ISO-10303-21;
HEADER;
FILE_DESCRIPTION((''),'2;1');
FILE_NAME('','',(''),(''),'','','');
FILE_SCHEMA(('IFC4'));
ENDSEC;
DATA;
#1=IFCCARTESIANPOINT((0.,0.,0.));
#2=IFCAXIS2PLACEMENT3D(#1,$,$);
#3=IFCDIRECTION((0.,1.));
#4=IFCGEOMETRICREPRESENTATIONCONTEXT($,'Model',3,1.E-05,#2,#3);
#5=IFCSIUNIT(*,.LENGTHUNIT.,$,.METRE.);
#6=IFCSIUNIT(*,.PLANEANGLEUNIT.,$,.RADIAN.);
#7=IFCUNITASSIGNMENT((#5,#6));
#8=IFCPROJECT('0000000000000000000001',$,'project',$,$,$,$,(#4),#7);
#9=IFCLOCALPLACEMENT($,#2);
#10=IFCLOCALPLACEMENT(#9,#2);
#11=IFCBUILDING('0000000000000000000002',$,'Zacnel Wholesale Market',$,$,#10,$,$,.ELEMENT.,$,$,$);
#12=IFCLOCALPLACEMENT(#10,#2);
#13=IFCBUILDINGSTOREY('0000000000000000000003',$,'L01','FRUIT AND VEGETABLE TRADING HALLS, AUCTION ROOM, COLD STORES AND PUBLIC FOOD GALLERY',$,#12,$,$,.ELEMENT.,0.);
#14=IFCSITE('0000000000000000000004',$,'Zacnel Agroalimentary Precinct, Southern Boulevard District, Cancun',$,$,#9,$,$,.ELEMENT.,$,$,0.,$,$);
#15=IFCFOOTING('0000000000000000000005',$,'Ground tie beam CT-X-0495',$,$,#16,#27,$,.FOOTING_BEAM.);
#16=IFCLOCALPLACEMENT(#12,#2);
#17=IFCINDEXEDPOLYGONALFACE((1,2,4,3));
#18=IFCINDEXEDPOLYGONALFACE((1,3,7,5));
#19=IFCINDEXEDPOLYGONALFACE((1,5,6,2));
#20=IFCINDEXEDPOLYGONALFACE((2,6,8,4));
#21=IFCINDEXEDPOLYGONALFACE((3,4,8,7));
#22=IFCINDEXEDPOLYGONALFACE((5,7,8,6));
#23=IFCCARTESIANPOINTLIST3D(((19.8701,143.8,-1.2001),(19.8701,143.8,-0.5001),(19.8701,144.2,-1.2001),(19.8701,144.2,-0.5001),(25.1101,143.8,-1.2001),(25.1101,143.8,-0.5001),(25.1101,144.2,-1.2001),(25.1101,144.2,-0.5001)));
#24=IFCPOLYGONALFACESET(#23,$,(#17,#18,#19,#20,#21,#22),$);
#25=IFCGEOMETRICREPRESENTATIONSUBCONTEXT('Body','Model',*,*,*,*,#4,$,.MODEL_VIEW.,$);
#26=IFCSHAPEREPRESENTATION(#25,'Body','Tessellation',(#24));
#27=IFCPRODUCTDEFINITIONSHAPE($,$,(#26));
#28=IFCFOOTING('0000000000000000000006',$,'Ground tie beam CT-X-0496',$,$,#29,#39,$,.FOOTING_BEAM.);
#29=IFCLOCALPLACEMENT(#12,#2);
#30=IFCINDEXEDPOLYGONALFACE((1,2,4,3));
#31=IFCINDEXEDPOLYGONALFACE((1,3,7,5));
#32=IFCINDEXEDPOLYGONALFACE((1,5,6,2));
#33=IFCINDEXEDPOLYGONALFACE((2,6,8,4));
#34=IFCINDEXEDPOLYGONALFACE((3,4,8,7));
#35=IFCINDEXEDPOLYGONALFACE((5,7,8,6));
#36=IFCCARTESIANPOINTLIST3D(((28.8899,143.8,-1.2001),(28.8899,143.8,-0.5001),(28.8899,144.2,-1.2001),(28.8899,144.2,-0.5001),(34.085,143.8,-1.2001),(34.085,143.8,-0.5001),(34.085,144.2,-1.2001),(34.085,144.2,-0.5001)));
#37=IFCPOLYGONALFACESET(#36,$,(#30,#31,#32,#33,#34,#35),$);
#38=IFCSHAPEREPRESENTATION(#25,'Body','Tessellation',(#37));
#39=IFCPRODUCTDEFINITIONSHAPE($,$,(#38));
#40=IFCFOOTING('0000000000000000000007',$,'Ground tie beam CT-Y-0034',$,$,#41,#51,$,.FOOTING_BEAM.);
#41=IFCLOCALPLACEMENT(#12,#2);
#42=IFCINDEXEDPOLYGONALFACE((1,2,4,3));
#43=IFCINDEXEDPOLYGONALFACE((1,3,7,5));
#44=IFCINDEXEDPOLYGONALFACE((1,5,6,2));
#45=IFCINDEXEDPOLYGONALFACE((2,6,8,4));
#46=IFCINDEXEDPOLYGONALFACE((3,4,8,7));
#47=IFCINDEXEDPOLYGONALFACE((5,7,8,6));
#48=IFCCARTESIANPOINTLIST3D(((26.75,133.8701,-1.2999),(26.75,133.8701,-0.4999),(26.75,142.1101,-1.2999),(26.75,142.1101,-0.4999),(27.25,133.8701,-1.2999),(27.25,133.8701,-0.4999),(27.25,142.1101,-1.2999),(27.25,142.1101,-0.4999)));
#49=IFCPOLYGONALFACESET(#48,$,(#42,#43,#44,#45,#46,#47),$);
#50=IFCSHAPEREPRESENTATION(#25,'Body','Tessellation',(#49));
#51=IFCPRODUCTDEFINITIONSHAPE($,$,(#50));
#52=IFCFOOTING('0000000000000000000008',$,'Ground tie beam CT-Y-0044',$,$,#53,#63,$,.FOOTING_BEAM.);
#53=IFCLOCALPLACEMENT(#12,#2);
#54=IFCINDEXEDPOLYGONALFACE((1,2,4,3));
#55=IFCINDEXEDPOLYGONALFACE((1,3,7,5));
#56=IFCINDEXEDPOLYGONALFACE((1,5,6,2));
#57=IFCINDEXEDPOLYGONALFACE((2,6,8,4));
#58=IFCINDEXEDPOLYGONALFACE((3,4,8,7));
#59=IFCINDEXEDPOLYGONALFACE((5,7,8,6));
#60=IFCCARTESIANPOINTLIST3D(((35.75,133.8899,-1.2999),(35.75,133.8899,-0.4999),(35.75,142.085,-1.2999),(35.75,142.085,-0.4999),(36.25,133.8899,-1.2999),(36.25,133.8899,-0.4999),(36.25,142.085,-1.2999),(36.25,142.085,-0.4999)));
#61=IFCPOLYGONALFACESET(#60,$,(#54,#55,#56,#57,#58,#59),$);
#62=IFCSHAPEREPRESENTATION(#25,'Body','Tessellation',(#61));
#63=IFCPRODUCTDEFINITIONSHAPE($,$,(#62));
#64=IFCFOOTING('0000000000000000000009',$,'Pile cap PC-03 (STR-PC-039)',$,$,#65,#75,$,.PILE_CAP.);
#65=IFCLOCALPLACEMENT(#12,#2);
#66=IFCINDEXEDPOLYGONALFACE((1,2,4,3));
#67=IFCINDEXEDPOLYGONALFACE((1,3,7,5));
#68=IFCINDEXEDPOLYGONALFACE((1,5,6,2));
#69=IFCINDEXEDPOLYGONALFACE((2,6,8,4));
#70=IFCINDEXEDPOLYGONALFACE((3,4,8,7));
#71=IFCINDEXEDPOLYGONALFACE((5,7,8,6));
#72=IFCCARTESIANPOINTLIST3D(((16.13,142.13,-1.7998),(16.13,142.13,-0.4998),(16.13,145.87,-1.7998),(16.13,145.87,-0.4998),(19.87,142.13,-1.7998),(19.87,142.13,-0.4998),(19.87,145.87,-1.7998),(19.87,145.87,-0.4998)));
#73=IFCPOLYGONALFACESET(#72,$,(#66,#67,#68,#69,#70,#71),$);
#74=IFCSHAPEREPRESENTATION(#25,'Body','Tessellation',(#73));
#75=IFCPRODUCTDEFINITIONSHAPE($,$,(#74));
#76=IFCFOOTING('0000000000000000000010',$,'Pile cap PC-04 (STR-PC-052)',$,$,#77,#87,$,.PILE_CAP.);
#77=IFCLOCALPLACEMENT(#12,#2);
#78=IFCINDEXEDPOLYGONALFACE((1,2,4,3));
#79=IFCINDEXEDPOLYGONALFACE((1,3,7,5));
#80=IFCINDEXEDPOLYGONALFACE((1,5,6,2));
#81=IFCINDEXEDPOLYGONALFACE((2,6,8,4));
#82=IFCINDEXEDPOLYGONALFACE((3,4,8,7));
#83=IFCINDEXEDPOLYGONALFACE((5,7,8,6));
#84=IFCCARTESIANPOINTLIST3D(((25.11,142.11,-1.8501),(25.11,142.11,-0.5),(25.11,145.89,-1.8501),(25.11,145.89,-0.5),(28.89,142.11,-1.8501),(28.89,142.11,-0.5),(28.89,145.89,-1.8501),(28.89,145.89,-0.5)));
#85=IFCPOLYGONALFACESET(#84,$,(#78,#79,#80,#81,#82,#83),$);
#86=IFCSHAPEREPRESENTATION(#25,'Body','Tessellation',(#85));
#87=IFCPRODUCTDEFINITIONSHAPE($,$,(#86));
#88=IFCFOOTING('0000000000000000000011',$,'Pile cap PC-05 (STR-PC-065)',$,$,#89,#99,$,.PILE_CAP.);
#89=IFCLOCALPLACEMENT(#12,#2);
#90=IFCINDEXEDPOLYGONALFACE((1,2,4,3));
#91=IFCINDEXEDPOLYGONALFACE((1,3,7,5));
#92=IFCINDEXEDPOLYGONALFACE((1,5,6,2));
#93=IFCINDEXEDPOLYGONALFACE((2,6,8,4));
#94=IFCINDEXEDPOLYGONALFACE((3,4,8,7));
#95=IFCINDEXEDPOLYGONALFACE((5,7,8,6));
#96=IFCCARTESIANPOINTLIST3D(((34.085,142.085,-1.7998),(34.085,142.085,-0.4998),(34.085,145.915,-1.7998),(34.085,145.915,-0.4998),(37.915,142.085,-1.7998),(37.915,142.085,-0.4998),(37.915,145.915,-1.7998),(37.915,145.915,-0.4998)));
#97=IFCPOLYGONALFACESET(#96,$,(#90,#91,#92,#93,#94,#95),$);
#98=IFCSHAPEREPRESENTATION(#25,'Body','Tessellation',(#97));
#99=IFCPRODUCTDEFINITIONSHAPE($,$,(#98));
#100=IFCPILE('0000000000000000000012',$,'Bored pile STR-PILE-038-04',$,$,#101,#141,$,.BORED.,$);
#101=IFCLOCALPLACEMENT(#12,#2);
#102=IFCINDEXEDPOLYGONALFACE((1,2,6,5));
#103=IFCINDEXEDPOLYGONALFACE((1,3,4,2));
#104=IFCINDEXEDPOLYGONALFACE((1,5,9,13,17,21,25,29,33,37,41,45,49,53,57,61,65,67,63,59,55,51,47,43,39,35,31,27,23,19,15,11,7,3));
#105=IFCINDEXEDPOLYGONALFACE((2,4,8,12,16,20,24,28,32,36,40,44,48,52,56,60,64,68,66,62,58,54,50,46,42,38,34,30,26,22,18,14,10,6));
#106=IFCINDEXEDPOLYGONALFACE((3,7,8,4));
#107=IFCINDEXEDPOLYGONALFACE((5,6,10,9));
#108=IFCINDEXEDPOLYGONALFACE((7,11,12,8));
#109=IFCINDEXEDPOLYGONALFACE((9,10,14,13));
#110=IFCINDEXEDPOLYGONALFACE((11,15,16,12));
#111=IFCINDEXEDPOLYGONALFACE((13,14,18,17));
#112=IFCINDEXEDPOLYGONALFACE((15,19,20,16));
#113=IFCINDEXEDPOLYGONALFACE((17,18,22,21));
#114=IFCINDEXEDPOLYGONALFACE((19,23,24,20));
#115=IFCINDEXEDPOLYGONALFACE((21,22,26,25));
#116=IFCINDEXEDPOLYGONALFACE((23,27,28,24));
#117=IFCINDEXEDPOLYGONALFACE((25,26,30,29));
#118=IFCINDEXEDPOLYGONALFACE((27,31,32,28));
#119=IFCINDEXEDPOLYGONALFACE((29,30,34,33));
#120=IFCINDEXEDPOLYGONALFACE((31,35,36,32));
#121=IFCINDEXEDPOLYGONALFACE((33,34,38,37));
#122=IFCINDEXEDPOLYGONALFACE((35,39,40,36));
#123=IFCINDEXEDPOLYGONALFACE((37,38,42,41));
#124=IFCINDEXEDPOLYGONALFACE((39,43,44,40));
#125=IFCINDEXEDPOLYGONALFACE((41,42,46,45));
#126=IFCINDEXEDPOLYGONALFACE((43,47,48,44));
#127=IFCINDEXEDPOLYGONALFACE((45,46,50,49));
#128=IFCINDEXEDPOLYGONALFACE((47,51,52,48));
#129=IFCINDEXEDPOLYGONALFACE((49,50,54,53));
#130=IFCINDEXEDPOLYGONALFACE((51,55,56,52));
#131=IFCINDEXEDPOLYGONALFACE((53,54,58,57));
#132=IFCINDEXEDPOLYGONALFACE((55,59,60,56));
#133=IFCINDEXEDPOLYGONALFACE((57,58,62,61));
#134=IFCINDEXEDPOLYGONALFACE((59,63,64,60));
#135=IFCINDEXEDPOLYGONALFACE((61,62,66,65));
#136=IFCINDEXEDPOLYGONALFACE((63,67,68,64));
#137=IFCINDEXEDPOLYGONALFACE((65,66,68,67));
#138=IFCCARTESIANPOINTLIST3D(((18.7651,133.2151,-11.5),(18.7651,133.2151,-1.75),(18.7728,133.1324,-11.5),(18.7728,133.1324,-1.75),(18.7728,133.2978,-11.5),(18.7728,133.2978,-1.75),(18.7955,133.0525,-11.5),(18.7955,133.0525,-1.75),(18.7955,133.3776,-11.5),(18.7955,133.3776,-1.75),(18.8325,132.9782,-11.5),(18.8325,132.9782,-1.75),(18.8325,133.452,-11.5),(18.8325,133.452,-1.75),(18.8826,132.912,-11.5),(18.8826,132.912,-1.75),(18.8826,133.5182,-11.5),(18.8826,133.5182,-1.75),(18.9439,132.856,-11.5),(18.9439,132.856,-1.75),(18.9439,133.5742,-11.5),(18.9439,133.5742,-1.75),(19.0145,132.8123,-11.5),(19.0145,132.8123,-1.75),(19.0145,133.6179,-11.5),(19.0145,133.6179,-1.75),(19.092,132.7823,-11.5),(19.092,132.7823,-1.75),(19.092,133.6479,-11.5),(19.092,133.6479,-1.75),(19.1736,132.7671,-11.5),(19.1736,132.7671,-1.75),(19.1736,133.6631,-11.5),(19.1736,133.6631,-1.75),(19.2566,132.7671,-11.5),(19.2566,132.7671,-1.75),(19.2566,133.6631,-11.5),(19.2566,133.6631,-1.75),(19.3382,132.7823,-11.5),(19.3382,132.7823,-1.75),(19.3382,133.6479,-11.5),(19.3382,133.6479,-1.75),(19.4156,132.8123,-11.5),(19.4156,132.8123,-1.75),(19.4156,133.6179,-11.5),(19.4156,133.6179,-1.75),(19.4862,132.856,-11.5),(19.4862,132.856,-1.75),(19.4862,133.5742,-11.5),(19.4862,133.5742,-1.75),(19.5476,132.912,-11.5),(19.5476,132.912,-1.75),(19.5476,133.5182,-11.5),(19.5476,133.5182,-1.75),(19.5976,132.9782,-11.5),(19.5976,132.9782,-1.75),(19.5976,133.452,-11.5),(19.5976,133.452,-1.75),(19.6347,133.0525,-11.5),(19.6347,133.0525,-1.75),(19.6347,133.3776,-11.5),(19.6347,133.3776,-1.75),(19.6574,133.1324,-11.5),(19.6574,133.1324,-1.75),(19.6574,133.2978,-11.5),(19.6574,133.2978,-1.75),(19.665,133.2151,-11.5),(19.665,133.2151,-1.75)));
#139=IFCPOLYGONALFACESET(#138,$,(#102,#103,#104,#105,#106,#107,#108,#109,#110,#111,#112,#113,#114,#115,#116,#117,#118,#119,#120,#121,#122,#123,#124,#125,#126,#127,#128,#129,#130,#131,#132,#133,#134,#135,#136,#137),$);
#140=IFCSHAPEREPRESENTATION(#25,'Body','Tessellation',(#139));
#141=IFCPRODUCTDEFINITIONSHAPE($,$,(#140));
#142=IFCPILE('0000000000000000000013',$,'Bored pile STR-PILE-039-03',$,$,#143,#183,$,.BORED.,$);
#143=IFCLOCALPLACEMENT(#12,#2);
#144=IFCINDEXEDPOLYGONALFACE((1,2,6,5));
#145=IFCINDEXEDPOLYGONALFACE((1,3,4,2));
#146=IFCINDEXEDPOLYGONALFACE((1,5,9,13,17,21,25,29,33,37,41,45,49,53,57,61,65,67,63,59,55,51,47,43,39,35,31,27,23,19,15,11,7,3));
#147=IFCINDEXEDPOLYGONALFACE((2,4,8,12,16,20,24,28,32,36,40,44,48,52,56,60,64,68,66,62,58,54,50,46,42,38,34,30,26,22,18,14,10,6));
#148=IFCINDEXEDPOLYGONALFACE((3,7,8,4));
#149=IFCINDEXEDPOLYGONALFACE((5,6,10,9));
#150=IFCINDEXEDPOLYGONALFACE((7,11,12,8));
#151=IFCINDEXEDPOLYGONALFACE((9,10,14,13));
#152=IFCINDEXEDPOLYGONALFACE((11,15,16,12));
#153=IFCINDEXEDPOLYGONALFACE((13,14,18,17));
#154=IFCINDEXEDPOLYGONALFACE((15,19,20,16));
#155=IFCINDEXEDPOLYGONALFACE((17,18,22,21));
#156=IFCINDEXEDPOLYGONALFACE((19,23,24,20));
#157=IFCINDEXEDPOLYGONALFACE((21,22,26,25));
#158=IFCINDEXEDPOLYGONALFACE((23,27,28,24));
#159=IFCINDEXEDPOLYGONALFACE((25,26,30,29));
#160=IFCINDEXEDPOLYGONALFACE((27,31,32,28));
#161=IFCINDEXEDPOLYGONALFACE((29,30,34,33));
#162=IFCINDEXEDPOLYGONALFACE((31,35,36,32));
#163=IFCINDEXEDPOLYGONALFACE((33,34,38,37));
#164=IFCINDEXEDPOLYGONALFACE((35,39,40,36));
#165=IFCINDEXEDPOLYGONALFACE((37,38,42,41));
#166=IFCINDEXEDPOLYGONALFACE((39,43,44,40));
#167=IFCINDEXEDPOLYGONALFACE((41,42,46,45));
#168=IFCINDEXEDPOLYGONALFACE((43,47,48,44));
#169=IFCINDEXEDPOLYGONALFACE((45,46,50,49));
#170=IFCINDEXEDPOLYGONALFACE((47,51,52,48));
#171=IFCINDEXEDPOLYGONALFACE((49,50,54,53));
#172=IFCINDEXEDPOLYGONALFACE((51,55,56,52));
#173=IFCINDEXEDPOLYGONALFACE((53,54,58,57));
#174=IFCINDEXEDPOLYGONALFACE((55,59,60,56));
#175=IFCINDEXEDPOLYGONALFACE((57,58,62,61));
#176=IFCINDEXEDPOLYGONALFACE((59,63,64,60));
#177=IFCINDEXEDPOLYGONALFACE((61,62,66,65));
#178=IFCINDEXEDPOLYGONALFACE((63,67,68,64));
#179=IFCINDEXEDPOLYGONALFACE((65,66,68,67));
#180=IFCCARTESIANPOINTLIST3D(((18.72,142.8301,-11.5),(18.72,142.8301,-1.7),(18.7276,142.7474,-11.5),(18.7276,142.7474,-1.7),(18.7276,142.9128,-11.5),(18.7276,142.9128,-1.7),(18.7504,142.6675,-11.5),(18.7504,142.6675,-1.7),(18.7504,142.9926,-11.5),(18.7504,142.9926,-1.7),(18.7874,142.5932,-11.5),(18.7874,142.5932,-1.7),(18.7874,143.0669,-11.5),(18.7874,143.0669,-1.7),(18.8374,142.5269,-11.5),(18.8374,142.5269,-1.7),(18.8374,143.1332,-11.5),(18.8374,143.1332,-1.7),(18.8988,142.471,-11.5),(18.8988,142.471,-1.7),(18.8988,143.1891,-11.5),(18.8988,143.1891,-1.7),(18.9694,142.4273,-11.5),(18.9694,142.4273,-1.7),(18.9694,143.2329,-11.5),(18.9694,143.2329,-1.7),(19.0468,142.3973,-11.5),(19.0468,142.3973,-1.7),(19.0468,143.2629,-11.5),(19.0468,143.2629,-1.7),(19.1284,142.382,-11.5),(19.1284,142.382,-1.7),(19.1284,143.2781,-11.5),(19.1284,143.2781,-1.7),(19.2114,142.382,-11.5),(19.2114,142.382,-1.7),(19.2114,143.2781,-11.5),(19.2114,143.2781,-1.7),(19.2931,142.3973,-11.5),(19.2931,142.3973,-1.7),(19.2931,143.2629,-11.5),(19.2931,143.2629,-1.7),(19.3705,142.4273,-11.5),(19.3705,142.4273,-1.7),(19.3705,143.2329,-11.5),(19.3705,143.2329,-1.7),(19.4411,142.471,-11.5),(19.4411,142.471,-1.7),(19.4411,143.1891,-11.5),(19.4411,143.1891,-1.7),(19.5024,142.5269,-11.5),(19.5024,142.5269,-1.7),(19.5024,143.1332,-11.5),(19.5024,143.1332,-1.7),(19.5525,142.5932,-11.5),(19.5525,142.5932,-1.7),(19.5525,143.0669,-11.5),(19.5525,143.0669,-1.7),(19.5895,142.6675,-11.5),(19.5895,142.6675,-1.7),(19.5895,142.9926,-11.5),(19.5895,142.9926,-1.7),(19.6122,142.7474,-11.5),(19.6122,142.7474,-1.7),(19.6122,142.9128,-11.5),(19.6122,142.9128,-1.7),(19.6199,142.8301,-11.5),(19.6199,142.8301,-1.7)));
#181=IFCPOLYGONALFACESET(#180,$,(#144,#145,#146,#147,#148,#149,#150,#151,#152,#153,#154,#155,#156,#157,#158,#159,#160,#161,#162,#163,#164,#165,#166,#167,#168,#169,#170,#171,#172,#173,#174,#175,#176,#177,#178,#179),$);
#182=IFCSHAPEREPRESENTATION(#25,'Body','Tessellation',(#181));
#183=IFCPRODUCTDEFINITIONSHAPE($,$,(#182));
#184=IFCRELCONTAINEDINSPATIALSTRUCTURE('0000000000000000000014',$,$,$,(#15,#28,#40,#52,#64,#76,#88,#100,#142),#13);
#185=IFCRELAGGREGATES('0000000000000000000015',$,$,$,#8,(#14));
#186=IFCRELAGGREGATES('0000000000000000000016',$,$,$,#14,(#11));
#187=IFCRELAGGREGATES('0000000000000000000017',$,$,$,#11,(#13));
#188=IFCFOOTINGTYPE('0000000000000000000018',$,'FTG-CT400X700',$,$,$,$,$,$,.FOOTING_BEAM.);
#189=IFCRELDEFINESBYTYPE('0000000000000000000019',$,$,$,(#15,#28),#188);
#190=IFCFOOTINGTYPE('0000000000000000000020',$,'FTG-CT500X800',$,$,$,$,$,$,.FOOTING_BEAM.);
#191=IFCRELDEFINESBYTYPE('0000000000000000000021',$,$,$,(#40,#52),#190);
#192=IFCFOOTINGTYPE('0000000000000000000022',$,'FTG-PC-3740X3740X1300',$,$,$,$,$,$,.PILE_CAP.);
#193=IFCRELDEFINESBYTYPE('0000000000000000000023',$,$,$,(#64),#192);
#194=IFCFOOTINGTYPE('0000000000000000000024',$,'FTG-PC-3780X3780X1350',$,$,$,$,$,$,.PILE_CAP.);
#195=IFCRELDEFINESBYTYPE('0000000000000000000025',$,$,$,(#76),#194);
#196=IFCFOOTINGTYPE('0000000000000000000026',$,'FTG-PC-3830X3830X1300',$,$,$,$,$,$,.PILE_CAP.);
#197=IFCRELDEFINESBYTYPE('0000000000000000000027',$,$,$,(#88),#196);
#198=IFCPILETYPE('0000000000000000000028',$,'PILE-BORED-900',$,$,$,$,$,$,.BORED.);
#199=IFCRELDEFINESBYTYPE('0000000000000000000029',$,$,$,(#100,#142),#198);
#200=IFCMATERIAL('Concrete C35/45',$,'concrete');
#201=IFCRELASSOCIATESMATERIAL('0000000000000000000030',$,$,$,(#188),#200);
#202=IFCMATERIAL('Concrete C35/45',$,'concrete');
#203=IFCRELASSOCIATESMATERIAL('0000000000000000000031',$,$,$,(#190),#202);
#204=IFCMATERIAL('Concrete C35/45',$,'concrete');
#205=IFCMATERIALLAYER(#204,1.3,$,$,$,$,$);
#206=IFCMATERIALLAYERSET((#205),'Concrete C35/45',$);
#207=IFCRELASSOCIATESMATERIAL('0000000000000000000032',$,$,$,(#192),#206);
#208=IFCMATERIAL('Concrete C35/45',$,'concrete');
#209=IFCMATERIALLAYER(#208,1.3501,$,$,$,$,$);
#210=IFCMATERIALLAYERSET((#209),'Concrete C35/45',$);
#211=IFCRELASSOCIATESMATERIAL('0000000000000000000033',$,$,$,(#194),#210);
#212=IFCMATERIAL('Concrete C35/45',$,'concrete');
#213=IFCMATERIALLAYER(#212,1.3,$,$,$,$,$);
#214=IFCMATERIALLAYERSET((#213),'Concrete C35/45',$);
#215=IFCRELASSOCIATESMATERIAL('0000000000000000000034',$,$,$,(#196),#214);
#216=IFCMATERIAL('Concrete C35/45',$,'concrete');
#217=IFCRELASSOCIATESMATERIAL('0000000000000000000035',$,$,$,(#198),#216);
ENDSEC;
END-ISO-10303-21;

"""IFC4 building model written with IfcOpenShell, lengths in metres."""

from ifc_helpers import new_model, si_unit, direction, frame, origin, origin_2d, place, context, subcontext, project, spatial, rectangle, circle, extrude, material, layer, layer_set, material_profile, profile_set, type_object, element, save


model = new_model("IFC4")

# Units and contexts
model_context = context("Model", 3, precision=1e-05, world=origin(), true_north=direction((0.0, 1.0)))
body_context = subcontext(model_context, "Body", "Model", "MODEL_VIEW")
ifc_project = project(units=[si_unit("LENGTHUNIT", "METRE"), si_unit("PLANEANGLEUNIT", "RADIAN")], contexts=[model_context])

# Site, building, storey
site_placement = place(None, origin())
site = spatial("IfcSite", under=ifc_project, at=site_placement, Name="Zacnel Agroalimentary Precinct, Southern Boulevard District, Cancun", CompositionType="ELEMENT", RefElevation=0.0)
building_placement = place(site_placement, origin())
building = spatial("IfcBuilding", under=site, at=building_placement, Name="Zacnel Wholesale Market", CompositionType="ELEMENT")
storey_placement = place(building_placement, origin())
storey = spatial("IfcBuildingStorey", under=building, at=storey_placement, Name="L01", Description="FRUIT AND VEGETABLE TRADING HALLS, AUCTION ROOM, COLD STORES AND PUBLIC FOOD GALLERY", CompositionType="ELEMENT", Elevation=0.0)

# Footings
ifc_material_1 = material(Name="Concrete C35/45", Category="concrete")
ifc_material_profile_1 = material_profile(ifc_material_1, rectangle(XDim=0.3999, YDim=0.7, at=origin_2d()), Name="CT 400x700")
ifc_profile_set_1 = profile_set([ifc_material_profile_1], Name="Concrete C35/45")
footing_type_1 = type_object("IfcFootingType", Name="FTG-CT400X700", PredefinedType="FOOTING_BEAM", material=ifc_profile_set_1)
footing_1_placement = place(storey_placement, frame((19.8701, 144.0, -0.8501), z_axis=(1.0, 0.0, 0.0), x_axis=(0.0, 1.0, 0.0)))
element("IfcFooting", 1, at=footing_1_placement, inside=storey, type_object=footing_type_1, Name="Ground tie beam CT-X-0495", PredefinedType="FOOTING_BEAM", context=body_context, shape_type="SweptSolid", body=[
    extrude(rectangle(XDim=0.3999, YDim=0.7, at=origin_2d()), origin(), (0.0, 0.0, 1.0), 5.24),
])
footing_2_placement = place(storey_placement, frame((28.8899, 144.0, -0.8501), z_axis=(1.0, 0.0, 0.0), x_axis=(0.0, 1.0, 0.0)))
element("IfcFooting", 2, at=footing_2_placement, inside=storey, type_object=footing_type_1, Name="Ground tie beam CT-X-0496", PredefinedType="FOOTING_BEAM", context=body_context, shape_type="SweptSolid", body=[
    extrude(rectangle(XDim=0.3999, YDim=0.7, at=origin_2d()), origin(), (0.0, 0.0, 1.0), 5.1951),
])
ifc_material_2 = material(Name="Concrete C35/45", Category="concrete")
ifc_material_profile_2 = material_profile(ifc_material_2, rectangle(XDim=0.5, YDim=0.8, at=origin_2d()), Name="CT 500x800")
ifc_profile_set_2 = profile_set([ifc_material_profile_2], Name="Concrete C35/45")
footing_type_2 = type_object("IfcFootingType", Name="FTG-CT500X800", PredefinedType="FOOTING_BEAM", material=ifc_profile_set_2)
footing_3_placement = place(storey_placement, frame((27.0, 133.8701, -0.8999), z_axis=(0.0, 1.0, 0.0), x_axis=(-1.0, 0.0, 0.0)))
element("IfcFooting", 3, at=footing_3_placement, inside=storey, type_object=footing_type_2, Name="Ground tie beam CT-Y-0034", PredefinedType="FOOTING_BEAM", context=body_context, shape_type="SweptSolid", body=[
    extrude(rectangle(XDim=0.5, YDim=0.8, at=origin_2d()), origin(), (0.0, 0.0, 1.0), 8.24),
])
footing_4_placement = place(storey_placement, frame((36.0, 133.8899, -0.8999), z_axis=(0.0, 1.0, 0.0), x_axis=(-1.0, 0.0, 0.0)))
element("IfcFooting", 4, at=footing_4_placement, inside=storey, type_object=footing_type_2, Name="Ground tie beam CT-Y-0044", PredefinedType="FOOTING_BEAM", context=body_context, shape_type="SweptSolid", body=[
    extrude(rectangle(XDim=0.5, YDim=0.8, at=origin_2d()), origin(), (0.0, 0.0, 1.0), 8.1951),
])
ifc_material_3 = material(Name="Concrete C35/45", Category="concrete")
ifc_layer_1 = layer(ifc_material_3, 1.3)
ifc_layer_set_1 = layer_set([ifc_layer_1], Name="Concrete C35/45")
footing_type_3 = type_object("IfcFootingType", Name="FTG-PC-3740X3740X1300", PredefinedType="PILE_CAP", material=ifc_layer_set_1)
footing_5_placement = place(storey_placement, frame((18.0, 144.0, -1.7998), z_axis=(0.0, 0.0, 1.0), x_axis=(1.0, 0.0, 0.0)))
element("IfcFooting", 5, at=footing_5_placement, inside=storey, type_object=footing_type_3, Name="Pile cap PC-03 (STR-PC-039)", PredefinedType="PILE_CAP", context=body_context, shape_type="SweptSolid", body=[
    extrude(rectangle(XDim=3.74, YDim=3.74, at=origin_2d()), origin(), (0.0, 0.0, 1.0), 1.3),
])
ifc_material_4 = material(Name="Concrete C35/45", Category="concrete")
ifc_layer_2 = layer(ifc_material_4, 1.3501)
ifc_layer_set_2 = layer_set([ifc_layer_2], Name="Concrete C35/45")
footing_type_4 = type_object("IfcFootingType", Name="FTG-PC-3780X3780X1350", PredefinedType="PILE_CAP", material=ifc_layer_set_2)
footing_6_placement = place(storey_placement, frame((27.0, 144.0, -1.8501), z_axis=(0.0, 0.0, 1.0), x_axis=(1.0, 0.0, 0.0)))
element("IfcFooting", 6, at=footing_6_placement, inside=storey, type_object=footing_type_4, Name="Pile cap PC-04 (STR-PC-052)", PredefinedType="PILE_CAP", context=body_context, shape_type="SweptSolid", body=[
    extrude(rectangle(XDim=3.78, YDim=3.78, at=origin_2d()), origin(), (0.0, 0.0, 1.0), 1.3501),
])
ifc_material_5 = material(Name="Concrete C35/45", Category="concrete")
ifc_layer_3 = layer(ifc_material_5, 1.3)
ifc_layer_set_3 = layer_set([ifc_layer_3], Name="Concrete C35/45")
footing_type_5 = type_object("IfcFootingType", Name="FTG-PC-3830X3830X1300", PredefinedType="PILE_CAP", material=ifc_layer_set_3)
footing_7_placement = place(storey_placement, frame((36.0, 144.0, -1.7998), z_axis=(0.0, 0.0, 1.0), x_axis=(1.0, 0.0, 0.0)))
element("IfcFooting", 7, at=footing_7_placement, inside=storey, type_object=footing_type_5, Name="Pile cap PC-05 (STR-PC-065)", PredefinedType="PILE_CAP", context=body_context, shape_type="SweptSolid", body=[
    extrude(rectangle(XDim=3.8301, YDim=3.8301, at=origin_2d()), origin(), (0.0, 0.0, 1.0), 1.3),
])

# Piles
ifc_material_6 = material(Name="Concrete C35/45", Category="concrete")
ifc_material_profile_3 = material_profile(ifc_material_6, circle(Radius=0.45, at=origin_2d()), Name="BORED PILE D900")
ifc_profile_set_3 = profile_set([ifc_material_profile_3], Name="Concrete C35/45")
pile_type = type_object("IfcPileType", Name="PILE-BORED-900", PredefinedType="BORED", material=ifc_profile_set_3)
pile_placement = place(storey_placement, frame((19.2151, 133.2151, -1.75), z_axis=(0.0, 0.0, -1.0), x_axis=(1.0, 0.0, 0.0)))
element("IfcPile", 8, at=pile_placement, inside=storey, type_object=pile_type, Name="Bored pile STR-PILE-038-04", PredefinedType="BORED", context=body_context, shape_type="SweptSolid", body=[
    extrude(circle(Radius=0.45, at=origin_2d()), origin(), (0.0, 0.0, 1.0), 9.75),
])
for number, where, z_axis, x_axis, name in (
    (9, (19.1699, 142.8301, -1.7), (0.0, 0.0, -1.0), (1.0, 0.0, 0.0), "Bored pile STR-PILE-039-03"),
):
    element("IfcPile", number, at=place(storey_placement, frame(where, z_axis=z_axis, x_axis=x_axis)), inside=storey, type_object=pile_type, Name=name, PredefinedType="BORED", context=body_context, shape_type="SweptSolid", body=[
        extrude(circle(Radius=0.45, at=origin_2d()), origin(), (0.0, 0.0, 1.0), 9.8),
    ])

save(model, "model.ifc")
